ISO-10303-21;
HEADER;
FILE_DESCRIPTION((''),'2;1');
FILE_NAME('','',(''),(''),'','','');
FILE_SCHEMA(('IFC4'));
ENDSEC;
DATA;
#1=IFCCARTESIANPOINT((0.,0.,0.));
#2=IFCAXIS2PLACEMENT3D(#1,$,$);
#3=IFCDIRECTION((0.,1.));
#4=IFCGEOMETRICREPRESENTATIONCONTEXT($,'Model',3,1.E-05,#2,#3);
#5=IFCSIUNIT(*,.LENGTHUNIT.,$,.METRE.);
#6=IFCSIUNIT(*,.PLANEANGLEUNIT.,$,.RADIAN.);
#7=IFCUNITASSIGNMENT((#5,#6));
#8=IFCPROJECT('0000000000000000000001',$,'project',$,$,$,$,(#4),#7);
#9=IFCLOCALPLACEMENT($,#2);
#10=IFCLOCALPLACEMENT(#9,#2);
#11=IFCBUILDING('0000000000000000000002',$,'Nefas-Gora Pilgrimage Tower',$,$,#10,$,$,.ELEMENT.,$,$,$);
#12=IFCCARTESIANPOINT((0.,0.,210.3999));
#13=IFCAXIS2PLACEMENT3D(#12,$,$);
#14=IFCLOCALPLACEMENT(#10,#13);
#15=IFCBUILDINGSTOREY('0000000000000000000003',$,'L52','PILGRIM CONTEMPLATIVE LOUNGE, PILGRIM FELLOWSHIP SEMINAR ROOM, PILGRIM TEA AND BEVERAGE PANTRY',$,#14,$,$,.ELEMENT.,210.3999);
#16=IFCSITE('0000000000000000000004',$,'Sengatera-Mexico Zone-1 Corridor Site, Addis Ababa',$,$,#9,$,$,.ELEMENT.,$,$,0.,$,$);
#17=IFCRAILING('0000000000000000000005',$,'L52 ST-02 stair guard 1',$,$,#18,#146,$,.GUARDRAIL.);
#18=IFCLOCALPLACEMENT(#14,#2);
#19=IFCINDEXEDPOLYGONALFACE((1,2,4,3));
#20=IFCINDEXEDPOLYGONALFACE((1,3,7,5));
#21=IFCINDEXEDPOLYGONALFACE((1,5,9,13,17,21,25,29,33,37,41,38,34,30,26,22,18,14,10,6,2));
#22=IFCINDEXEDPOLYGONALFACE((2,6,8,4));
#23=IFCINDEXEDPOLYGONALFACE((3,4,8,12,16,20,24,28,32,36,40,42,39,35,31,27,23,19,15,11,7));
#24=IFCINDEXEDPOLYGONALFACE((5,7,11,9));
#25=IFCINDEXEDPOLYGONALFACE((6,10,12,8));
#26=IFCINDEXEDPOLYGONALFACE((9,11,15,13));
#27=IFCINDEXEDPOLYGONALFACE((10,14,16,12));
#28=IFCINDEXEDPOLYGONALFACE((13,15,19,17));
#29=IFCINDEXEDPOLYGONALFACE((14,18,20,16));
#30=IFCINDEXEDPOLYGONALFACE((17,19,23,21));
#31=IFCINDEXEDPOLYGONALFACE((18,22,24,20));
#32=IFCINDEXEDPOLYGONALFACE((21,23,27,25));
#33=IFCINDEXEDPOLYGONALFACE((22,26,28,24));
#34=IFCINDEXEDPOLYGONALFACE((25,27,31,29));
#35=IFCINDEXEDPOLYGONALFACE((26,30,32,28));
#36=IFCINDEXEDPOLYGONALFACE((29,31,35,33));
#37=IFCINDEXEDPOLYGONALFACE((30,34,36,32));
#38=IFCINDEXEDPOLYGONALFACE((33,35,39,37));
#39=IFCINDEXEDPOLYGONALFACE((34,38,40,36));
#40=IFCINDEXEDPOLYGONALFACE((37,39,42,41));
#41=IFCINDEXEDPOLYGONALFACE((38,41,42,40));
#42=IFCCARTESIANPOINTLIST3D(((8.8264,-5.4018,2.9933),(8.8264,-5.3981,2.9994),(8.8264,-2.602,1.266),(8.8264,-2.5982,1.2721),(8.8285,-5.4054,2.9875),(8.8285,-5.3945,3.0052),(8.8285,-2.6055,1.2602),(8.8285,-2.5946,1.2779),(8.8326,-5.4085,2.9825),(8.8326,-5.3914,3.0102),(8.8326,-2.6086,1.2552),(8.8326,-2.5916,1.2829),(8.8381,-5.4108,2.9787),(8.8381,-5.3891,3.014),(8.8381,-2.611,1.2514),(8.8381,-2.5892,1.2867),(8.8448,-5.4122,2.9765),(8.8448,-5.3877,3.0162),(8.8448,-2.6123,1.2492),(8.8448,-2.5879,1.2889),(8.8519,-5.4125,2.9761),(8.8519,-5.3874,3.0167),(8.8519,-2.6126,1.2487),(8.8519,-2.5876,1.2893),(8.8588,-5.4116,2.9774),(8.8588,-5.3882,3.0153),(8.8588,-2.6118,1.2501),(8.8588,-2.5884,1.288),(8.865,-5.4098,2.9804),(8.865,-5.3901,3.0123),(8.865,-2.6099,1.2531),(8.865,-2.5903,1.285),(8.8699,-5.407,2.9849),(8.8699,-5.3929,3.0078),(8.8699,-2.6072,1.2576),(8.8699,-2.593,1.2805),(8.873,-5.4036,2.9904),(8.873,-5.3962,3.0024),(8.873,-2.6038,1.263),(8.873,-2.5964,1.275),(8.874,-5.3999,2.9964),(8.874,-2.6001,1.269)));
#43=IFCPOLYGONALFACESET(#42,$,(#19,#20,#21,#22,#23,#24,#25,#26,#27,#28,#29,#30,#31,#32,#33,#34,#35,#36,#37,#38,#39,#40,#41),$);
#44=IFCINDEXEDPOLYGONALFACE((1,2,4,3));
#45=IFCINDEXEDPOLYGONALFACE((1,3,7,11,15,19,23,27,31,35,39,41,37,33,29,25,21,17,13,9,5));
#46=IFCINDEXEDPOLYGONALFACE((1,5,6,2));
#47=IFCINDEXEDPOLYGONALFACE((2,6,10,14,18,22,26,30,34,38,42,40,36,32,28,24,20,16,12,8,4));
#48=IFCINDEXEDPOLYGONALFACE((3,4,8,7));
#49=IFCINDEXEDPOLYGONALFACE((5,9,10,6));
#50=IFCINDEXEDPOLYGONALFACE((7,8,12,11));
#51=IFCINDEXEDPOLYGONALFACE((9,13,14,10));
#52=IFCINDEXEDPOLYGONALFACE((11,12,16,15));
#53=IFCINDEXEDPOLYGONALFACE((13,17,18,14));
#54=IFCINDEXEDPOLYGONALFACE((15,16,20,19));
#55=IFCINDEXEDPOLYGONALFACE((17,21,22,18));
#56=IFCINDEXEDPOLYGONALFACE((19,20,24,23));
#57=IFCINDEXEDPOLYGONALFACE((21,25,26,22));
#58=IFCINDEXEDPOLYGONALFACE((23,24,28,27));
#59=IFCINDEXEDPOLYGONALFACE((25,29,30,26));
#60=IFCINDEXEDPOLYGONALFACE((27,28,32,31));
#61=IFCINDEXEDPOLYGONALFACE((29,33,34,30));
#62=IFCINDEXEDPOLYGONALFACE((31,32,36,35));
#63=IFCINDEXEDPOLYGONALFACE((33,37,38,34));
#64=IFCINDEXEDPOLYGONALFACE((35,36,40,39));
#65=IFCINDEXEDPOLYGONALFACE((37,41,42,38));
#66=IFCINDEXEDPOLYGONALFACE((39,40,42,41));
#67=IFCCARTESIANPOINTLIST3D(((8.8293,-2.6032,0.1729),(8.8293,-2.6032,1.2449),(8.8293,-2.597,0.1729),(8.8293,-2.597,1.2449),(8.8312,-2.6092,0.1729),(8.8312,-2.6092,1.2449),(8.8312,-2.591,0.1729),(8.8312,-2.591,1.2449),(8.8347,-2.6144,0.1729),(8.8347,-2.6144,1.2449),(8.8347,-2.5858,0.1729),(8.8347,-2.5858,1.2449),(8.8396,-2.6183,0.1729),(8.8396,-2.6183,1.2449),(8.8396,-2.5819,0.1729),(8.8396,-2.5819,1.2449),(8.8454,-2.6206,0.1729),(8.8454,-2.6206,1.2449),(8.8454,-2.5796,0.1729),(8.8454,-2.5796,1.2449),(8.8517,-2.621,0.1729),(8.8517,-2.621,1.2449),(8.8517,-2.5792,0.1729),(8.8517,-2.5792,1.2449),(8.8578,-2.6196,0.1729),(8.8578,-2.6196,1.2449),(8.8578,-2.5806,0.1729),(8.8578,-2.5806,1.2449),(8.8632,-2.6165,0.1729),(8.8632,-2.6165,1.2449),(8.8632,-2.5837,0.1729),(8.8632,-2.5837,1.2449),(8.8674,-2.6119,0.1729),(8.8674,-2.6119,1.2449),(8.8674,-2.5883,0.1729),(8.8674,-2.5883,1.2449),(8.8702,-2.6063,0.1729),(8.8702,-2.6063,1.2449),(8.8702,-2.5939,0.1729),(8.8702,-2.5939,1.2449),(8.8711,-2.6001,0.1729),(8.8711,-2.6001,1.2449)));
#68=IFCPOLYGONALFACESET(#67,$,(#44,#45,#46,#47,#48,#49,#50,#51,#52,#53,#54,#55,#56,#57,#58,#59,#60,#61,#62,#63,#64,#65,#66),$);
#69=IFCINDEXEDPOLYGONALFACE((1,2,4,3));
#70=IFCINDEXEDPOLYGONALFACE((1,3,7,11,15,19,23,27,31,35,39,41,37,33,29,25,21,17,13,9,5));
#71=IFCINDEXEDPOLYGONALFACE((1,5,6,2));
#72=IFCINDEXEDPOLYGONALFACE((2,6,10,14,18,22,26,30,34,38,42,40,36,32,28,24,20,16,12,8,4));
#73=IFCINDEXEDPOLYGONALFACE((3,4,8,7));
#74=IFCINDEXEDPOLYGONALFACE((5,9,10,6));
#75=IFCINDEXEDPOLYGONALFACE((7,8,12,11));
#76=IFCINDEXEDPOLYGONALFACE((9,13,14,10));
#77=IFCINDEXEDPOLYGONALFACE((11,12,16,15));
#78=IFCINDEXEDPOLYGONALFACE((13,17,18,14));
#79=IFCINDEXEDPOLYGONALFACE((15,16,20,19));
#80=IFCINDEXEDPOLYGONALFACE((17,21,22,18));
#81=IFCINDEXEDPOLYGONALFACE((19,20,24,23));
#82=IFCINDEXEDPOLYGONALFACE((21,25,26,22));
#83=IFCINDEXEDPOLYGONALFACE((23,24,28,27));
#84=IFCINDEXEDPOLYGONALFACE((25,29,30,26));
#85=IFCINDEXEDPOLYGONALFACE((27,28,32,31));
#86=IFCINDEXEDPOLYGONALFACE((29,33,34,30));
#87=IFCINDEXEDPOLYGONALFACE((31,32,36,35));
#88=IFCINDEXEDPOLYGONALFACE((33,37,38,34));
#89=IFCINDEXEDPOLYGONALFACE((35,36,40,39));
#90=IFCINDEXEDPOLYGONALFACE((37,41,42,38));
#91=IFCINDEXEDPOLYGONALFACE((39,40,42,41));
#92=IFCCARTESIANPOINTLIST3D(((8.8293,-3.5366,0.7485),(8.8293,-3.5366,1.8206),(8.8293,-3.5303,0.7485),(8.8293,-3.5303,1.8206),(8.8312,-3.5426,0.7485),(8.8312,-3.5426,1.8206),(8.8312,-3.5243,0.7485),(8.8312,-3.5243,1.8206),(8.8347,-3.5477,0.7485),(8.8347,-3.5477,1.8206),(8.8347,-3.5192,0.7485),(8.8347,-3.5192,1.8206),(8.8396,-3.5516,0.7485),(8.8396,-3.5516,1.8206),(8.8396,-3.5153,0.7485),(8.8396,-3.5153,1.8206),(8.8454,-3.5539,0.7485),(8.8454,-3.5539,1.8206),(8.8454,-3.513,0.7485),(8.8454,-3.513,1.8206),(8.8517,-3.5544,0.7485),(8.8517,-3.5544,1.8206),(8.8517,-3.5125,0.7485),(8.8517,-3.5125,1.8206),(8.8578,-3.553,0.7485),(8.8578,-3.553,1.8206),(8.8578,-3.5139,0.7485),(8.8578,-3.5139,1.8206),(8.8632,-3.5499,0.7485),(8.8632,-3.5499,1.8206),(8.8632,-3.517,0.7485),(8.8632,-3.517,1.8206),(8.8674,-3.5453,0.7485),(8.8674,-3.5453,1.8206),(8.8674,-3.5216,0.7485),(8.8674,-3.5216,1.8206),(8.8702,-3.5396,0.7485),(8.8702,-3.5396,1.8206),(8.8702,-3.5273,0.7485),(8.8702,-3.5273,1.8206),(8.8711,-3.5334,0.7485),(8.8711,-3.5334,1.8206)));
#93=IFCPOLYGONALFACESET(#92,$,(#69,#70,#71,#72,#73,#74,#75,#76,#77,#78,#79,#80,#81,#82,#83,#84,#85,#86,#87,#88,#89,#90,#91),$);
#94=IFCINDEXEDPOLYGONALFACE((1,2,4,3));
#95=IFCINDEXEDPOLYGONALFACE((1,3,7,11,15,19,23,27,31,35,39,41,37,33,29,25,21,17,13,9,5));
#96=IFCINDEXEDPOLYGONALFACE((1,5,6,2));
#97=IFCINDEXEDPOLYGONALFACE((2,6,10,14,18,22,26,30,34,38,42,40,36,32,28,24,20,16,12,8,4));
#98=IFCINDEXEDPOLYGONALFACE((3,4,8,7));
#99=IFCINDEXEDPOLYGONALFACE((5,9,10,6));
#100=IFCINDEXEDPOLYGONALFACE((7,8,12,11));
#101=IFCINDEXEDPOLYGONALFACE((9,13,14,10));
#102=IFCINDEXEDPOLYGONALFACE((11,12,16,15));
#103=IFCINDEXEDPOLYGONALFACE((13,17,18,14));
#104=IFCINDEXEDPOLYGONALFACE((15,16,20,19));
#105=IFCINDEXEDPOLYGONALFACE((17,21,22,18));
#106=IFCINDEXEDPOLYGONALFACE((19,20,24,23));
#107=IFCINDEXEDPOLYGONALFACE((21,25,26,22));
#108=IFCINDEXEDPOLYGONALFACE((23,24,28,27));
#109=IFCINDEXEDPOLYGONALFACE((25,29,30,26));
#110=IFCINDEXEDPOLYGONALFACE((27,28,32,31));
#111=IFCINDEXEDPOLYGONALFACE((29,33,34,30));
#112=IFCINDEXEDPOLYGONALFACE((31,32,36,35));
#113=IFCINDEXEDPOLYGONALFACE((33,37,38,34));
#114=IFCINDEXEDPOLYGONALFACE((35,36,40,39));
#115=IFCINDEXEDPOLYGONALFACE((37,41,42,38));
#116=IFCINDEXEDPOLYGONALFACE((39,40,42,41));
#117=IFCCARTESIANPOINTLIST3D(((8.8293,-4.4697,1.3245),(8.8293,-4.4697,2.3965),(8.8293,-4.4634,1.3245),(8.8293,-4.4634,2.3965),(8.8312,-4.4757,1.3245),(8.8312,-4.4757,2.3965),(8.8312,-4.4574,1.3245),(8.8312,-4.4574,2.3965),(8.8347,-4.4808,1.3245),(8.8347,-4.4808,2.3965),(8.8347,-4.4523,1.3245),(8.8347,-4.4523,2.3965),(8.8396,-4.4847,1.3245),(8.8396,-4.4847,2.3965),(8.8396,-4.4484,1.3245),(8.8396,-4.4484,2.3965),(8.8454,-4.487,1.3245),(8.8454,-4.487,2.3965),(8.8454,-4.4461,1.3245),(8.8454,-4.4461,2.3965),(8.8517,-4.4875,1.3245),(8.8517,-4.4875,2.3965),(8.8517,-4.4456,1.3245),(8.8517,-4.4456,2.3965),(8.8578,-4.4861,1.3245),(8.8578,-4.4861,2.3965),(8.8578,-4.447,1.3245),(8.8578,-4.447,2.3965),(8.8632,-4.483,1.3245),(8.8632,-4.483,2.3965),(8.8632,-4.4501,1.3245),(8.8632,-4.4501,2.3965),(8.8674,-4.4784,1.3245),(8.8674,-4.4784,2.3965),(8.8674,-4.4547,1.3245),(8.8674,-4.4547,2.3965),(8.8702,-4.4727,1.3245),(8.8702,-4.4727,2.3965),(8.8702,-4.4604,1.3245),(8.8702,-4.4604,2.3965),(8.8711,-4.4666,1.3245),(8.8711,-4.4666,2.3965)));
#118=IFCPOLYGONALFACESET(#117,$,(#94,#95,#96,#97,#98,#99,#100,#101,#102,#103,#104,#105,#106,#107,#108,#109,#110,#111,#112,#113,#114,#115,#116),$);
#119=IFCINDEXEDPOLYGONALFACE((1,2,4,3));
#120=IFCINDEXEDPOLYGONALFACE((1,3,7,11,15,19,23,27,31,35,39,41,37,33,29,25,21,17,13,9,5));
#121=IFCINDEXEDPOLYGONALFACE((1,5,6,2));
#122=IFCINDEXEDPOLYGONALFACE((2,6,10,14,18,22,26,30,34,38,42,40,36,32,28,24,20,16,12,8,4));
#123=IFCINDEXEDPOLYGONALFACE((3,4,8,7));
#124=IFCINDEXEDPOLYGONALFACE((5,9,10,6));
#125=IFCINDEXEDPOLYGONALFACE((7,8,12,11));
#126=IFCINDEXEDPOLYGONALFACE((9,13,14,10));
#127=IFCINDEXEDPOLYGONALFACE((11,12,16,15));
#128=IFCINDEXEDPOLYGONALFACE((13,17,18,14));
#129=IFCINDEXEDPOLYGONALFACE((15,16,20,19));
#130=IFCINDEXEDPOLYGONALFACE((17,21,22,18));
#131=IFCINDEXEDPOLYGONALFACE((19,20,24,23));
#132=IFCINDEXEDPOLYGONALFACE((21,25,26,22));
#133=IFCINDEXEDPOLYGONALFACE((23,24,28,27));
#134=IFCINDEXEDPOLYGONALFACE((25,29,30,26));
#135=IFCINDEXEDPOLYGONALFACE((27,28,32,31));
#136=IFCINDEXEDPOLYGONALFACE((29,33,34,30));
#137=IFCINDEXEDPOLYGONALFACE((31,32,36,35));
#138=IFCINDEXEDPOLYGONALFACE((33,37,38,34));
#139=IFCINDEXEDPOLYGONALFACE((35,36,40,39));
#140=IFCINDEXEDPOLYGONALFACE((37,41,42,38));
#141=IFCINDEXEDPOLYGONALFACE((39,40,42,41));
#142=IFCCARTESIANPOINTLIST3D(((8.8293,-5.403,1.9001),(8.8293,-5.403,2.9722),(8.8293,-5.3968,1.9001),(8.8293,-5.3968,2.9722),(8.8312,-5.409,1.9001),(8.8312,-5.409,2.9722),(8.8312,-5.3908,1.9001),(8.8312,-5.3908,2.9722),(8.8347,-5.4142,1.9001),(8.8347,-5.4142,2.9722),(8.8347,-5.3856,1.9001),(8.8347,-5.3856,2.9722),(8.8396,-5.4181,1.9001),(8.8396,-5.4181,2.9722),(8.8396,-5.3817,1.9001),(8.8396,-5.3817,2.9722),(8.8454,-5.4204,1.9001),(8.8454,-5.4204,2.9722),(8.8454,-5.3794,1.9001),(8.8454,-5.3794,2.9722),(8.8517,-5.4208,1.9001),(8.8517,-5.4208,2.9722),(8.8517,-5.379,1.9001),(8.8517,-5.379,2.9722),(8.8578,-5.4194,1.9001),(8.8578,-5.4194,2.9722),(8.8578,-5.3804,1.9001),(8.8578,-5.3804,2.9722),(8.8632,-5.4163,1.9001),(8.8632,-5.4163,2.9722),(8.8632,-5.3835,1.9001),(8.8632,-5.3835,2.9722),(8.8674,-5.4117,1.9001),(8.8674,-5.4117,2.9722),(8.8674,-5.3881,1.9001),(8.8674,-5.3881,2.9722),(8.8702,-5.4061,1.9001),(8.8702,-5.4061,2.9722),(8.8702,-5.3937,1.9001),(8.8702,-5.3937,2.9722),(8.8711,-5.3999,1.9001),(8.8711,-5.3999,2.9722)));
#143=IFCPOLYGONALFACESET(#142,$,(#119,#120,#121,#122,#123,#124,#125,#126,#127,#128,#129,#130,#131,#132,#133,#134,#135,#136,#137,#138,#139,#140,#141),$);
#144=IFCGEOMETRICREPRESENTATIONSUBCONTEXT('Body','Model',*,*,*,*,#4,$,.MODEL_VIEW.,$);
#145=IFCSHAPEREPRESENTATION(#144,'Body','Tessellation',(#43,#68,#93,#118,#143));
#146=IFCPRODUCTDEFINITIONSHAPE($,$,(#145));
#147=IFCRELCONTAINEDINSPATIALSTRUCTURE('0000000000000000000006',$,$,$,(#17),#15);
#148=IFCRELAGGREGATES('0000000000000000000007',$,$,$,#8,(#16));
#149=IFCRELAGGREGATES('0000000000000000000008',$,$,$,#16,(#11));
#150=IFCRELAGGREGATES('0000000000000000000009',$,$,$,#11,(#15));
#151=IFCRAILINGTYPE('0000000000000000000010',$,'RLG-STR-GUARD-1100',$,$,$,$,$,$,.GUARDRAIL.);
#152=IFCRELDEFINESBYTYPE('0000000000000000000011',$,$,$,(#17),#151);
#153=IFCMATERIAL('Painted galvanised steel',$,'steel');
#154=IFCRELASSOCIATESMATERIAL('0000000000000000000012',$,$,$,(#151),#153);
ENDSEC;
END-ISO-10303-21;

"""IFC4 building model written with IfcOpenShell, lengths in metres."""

from ifc_helpers import new_model, si_unit, direction, frame, origin, origin_2d, place, context, subcontext, project, spatial, circle, extrude, material, type_object, element, save


model = new_model("IFC4")

# Units and contexts
model_context = context("Model", 3, precision=1e-05, world=origin(), true_north=direction((0.0, 1.0)))
body_context = subcontext(model_context, "Body", "Model", "MODEL_VIEW")
ifc_project = project(units=[si_unit("LENGTHUNIT", "METRE"), si_unit("PLANEANGLEUNIT", "RADIAN")], contexts=[model_context])

# Site, building, storey
site_placement = place(None, origin())
site = spatial("IfcSite", under=ifc_project, at=site_placement, Name="Sengatera-Mexico Zone-1 Corridor Site, Addis Ababa", CompositionType="ELEMENT", RefElevation=0.0)
building_placement = place(site_placement, origin())
building = spatial("IfcBuilding", under=site, at=building_placement, Name="Nefas-Gora Pilgrimage Tower", CompositionType="ELEMENT")
storey_placement = place(building_placement, frame((0.0, 0.0, 210.3999)))
storey = spatial("IfcBuildingStorey", under=building, at=storey_placement, Name="L52", Description="PILGRIM CONTEMPLATIVE LOUNGE, PILGRIM FELLOWSHIP SEMINAR ROOM, PILGRIM TEA AND BEVERAGE PANTRY", CompositionType="ELEMENT", Elevation=210.3999)

# Railing
ifc_material_1 = material(Name="Painted galvanised steel", Category="steel")
railing_type_1 = type_object("IfcRailingType", Name="RLG-STR-GUARD-1100", PredefinedType="GUARDRAIL", material=ifc_material_1)
railing_1_placement = place(storey_placement, frame((8.8501, -2.6001, 0.1729)))
element("IfcRailing", 1, at=railing_1_placement, inside=storey, type_object=railing_type_1, Name="L52 ST-02 stair guard 1", PredefinedType="GUARDRAIL", context=body_context, shape_type="SweptSolid", body=[
    extrude(circle(Radius=0.0239, at=origin_2d()), frame((0.0, 0.0, 1.0962), z_axis=(0.0, -0.851069, 0.525054), x_axis=(1.0, 0.0, 0.0)), (0.0, 0.0, 1.0), 3.2898),
    extrude(circle(Radius=0.021, at=origin_2d()), origin(), (0.0, 0.0, 1.0), 1.072),
    extrude(circle(Radius=0.021, at=origin_2d()), frame((0.0, -0.9333, 0.5757)), (0.0, 0.0, 1.0), 1.072),
    extrude(circle(Radius=0.021, at=origin_2d()), frame((0.0, -1.8665, 1.1516)), (0.0, 0.0, 1.0), 1.072),
    extrude(circle(Radius=0.021, at=origin_2d()), frame((0.0, -2.7998, 1.7273)), (0.0, 0.0, 1.0), 1.072),
])

save(model, "model.ifc")
